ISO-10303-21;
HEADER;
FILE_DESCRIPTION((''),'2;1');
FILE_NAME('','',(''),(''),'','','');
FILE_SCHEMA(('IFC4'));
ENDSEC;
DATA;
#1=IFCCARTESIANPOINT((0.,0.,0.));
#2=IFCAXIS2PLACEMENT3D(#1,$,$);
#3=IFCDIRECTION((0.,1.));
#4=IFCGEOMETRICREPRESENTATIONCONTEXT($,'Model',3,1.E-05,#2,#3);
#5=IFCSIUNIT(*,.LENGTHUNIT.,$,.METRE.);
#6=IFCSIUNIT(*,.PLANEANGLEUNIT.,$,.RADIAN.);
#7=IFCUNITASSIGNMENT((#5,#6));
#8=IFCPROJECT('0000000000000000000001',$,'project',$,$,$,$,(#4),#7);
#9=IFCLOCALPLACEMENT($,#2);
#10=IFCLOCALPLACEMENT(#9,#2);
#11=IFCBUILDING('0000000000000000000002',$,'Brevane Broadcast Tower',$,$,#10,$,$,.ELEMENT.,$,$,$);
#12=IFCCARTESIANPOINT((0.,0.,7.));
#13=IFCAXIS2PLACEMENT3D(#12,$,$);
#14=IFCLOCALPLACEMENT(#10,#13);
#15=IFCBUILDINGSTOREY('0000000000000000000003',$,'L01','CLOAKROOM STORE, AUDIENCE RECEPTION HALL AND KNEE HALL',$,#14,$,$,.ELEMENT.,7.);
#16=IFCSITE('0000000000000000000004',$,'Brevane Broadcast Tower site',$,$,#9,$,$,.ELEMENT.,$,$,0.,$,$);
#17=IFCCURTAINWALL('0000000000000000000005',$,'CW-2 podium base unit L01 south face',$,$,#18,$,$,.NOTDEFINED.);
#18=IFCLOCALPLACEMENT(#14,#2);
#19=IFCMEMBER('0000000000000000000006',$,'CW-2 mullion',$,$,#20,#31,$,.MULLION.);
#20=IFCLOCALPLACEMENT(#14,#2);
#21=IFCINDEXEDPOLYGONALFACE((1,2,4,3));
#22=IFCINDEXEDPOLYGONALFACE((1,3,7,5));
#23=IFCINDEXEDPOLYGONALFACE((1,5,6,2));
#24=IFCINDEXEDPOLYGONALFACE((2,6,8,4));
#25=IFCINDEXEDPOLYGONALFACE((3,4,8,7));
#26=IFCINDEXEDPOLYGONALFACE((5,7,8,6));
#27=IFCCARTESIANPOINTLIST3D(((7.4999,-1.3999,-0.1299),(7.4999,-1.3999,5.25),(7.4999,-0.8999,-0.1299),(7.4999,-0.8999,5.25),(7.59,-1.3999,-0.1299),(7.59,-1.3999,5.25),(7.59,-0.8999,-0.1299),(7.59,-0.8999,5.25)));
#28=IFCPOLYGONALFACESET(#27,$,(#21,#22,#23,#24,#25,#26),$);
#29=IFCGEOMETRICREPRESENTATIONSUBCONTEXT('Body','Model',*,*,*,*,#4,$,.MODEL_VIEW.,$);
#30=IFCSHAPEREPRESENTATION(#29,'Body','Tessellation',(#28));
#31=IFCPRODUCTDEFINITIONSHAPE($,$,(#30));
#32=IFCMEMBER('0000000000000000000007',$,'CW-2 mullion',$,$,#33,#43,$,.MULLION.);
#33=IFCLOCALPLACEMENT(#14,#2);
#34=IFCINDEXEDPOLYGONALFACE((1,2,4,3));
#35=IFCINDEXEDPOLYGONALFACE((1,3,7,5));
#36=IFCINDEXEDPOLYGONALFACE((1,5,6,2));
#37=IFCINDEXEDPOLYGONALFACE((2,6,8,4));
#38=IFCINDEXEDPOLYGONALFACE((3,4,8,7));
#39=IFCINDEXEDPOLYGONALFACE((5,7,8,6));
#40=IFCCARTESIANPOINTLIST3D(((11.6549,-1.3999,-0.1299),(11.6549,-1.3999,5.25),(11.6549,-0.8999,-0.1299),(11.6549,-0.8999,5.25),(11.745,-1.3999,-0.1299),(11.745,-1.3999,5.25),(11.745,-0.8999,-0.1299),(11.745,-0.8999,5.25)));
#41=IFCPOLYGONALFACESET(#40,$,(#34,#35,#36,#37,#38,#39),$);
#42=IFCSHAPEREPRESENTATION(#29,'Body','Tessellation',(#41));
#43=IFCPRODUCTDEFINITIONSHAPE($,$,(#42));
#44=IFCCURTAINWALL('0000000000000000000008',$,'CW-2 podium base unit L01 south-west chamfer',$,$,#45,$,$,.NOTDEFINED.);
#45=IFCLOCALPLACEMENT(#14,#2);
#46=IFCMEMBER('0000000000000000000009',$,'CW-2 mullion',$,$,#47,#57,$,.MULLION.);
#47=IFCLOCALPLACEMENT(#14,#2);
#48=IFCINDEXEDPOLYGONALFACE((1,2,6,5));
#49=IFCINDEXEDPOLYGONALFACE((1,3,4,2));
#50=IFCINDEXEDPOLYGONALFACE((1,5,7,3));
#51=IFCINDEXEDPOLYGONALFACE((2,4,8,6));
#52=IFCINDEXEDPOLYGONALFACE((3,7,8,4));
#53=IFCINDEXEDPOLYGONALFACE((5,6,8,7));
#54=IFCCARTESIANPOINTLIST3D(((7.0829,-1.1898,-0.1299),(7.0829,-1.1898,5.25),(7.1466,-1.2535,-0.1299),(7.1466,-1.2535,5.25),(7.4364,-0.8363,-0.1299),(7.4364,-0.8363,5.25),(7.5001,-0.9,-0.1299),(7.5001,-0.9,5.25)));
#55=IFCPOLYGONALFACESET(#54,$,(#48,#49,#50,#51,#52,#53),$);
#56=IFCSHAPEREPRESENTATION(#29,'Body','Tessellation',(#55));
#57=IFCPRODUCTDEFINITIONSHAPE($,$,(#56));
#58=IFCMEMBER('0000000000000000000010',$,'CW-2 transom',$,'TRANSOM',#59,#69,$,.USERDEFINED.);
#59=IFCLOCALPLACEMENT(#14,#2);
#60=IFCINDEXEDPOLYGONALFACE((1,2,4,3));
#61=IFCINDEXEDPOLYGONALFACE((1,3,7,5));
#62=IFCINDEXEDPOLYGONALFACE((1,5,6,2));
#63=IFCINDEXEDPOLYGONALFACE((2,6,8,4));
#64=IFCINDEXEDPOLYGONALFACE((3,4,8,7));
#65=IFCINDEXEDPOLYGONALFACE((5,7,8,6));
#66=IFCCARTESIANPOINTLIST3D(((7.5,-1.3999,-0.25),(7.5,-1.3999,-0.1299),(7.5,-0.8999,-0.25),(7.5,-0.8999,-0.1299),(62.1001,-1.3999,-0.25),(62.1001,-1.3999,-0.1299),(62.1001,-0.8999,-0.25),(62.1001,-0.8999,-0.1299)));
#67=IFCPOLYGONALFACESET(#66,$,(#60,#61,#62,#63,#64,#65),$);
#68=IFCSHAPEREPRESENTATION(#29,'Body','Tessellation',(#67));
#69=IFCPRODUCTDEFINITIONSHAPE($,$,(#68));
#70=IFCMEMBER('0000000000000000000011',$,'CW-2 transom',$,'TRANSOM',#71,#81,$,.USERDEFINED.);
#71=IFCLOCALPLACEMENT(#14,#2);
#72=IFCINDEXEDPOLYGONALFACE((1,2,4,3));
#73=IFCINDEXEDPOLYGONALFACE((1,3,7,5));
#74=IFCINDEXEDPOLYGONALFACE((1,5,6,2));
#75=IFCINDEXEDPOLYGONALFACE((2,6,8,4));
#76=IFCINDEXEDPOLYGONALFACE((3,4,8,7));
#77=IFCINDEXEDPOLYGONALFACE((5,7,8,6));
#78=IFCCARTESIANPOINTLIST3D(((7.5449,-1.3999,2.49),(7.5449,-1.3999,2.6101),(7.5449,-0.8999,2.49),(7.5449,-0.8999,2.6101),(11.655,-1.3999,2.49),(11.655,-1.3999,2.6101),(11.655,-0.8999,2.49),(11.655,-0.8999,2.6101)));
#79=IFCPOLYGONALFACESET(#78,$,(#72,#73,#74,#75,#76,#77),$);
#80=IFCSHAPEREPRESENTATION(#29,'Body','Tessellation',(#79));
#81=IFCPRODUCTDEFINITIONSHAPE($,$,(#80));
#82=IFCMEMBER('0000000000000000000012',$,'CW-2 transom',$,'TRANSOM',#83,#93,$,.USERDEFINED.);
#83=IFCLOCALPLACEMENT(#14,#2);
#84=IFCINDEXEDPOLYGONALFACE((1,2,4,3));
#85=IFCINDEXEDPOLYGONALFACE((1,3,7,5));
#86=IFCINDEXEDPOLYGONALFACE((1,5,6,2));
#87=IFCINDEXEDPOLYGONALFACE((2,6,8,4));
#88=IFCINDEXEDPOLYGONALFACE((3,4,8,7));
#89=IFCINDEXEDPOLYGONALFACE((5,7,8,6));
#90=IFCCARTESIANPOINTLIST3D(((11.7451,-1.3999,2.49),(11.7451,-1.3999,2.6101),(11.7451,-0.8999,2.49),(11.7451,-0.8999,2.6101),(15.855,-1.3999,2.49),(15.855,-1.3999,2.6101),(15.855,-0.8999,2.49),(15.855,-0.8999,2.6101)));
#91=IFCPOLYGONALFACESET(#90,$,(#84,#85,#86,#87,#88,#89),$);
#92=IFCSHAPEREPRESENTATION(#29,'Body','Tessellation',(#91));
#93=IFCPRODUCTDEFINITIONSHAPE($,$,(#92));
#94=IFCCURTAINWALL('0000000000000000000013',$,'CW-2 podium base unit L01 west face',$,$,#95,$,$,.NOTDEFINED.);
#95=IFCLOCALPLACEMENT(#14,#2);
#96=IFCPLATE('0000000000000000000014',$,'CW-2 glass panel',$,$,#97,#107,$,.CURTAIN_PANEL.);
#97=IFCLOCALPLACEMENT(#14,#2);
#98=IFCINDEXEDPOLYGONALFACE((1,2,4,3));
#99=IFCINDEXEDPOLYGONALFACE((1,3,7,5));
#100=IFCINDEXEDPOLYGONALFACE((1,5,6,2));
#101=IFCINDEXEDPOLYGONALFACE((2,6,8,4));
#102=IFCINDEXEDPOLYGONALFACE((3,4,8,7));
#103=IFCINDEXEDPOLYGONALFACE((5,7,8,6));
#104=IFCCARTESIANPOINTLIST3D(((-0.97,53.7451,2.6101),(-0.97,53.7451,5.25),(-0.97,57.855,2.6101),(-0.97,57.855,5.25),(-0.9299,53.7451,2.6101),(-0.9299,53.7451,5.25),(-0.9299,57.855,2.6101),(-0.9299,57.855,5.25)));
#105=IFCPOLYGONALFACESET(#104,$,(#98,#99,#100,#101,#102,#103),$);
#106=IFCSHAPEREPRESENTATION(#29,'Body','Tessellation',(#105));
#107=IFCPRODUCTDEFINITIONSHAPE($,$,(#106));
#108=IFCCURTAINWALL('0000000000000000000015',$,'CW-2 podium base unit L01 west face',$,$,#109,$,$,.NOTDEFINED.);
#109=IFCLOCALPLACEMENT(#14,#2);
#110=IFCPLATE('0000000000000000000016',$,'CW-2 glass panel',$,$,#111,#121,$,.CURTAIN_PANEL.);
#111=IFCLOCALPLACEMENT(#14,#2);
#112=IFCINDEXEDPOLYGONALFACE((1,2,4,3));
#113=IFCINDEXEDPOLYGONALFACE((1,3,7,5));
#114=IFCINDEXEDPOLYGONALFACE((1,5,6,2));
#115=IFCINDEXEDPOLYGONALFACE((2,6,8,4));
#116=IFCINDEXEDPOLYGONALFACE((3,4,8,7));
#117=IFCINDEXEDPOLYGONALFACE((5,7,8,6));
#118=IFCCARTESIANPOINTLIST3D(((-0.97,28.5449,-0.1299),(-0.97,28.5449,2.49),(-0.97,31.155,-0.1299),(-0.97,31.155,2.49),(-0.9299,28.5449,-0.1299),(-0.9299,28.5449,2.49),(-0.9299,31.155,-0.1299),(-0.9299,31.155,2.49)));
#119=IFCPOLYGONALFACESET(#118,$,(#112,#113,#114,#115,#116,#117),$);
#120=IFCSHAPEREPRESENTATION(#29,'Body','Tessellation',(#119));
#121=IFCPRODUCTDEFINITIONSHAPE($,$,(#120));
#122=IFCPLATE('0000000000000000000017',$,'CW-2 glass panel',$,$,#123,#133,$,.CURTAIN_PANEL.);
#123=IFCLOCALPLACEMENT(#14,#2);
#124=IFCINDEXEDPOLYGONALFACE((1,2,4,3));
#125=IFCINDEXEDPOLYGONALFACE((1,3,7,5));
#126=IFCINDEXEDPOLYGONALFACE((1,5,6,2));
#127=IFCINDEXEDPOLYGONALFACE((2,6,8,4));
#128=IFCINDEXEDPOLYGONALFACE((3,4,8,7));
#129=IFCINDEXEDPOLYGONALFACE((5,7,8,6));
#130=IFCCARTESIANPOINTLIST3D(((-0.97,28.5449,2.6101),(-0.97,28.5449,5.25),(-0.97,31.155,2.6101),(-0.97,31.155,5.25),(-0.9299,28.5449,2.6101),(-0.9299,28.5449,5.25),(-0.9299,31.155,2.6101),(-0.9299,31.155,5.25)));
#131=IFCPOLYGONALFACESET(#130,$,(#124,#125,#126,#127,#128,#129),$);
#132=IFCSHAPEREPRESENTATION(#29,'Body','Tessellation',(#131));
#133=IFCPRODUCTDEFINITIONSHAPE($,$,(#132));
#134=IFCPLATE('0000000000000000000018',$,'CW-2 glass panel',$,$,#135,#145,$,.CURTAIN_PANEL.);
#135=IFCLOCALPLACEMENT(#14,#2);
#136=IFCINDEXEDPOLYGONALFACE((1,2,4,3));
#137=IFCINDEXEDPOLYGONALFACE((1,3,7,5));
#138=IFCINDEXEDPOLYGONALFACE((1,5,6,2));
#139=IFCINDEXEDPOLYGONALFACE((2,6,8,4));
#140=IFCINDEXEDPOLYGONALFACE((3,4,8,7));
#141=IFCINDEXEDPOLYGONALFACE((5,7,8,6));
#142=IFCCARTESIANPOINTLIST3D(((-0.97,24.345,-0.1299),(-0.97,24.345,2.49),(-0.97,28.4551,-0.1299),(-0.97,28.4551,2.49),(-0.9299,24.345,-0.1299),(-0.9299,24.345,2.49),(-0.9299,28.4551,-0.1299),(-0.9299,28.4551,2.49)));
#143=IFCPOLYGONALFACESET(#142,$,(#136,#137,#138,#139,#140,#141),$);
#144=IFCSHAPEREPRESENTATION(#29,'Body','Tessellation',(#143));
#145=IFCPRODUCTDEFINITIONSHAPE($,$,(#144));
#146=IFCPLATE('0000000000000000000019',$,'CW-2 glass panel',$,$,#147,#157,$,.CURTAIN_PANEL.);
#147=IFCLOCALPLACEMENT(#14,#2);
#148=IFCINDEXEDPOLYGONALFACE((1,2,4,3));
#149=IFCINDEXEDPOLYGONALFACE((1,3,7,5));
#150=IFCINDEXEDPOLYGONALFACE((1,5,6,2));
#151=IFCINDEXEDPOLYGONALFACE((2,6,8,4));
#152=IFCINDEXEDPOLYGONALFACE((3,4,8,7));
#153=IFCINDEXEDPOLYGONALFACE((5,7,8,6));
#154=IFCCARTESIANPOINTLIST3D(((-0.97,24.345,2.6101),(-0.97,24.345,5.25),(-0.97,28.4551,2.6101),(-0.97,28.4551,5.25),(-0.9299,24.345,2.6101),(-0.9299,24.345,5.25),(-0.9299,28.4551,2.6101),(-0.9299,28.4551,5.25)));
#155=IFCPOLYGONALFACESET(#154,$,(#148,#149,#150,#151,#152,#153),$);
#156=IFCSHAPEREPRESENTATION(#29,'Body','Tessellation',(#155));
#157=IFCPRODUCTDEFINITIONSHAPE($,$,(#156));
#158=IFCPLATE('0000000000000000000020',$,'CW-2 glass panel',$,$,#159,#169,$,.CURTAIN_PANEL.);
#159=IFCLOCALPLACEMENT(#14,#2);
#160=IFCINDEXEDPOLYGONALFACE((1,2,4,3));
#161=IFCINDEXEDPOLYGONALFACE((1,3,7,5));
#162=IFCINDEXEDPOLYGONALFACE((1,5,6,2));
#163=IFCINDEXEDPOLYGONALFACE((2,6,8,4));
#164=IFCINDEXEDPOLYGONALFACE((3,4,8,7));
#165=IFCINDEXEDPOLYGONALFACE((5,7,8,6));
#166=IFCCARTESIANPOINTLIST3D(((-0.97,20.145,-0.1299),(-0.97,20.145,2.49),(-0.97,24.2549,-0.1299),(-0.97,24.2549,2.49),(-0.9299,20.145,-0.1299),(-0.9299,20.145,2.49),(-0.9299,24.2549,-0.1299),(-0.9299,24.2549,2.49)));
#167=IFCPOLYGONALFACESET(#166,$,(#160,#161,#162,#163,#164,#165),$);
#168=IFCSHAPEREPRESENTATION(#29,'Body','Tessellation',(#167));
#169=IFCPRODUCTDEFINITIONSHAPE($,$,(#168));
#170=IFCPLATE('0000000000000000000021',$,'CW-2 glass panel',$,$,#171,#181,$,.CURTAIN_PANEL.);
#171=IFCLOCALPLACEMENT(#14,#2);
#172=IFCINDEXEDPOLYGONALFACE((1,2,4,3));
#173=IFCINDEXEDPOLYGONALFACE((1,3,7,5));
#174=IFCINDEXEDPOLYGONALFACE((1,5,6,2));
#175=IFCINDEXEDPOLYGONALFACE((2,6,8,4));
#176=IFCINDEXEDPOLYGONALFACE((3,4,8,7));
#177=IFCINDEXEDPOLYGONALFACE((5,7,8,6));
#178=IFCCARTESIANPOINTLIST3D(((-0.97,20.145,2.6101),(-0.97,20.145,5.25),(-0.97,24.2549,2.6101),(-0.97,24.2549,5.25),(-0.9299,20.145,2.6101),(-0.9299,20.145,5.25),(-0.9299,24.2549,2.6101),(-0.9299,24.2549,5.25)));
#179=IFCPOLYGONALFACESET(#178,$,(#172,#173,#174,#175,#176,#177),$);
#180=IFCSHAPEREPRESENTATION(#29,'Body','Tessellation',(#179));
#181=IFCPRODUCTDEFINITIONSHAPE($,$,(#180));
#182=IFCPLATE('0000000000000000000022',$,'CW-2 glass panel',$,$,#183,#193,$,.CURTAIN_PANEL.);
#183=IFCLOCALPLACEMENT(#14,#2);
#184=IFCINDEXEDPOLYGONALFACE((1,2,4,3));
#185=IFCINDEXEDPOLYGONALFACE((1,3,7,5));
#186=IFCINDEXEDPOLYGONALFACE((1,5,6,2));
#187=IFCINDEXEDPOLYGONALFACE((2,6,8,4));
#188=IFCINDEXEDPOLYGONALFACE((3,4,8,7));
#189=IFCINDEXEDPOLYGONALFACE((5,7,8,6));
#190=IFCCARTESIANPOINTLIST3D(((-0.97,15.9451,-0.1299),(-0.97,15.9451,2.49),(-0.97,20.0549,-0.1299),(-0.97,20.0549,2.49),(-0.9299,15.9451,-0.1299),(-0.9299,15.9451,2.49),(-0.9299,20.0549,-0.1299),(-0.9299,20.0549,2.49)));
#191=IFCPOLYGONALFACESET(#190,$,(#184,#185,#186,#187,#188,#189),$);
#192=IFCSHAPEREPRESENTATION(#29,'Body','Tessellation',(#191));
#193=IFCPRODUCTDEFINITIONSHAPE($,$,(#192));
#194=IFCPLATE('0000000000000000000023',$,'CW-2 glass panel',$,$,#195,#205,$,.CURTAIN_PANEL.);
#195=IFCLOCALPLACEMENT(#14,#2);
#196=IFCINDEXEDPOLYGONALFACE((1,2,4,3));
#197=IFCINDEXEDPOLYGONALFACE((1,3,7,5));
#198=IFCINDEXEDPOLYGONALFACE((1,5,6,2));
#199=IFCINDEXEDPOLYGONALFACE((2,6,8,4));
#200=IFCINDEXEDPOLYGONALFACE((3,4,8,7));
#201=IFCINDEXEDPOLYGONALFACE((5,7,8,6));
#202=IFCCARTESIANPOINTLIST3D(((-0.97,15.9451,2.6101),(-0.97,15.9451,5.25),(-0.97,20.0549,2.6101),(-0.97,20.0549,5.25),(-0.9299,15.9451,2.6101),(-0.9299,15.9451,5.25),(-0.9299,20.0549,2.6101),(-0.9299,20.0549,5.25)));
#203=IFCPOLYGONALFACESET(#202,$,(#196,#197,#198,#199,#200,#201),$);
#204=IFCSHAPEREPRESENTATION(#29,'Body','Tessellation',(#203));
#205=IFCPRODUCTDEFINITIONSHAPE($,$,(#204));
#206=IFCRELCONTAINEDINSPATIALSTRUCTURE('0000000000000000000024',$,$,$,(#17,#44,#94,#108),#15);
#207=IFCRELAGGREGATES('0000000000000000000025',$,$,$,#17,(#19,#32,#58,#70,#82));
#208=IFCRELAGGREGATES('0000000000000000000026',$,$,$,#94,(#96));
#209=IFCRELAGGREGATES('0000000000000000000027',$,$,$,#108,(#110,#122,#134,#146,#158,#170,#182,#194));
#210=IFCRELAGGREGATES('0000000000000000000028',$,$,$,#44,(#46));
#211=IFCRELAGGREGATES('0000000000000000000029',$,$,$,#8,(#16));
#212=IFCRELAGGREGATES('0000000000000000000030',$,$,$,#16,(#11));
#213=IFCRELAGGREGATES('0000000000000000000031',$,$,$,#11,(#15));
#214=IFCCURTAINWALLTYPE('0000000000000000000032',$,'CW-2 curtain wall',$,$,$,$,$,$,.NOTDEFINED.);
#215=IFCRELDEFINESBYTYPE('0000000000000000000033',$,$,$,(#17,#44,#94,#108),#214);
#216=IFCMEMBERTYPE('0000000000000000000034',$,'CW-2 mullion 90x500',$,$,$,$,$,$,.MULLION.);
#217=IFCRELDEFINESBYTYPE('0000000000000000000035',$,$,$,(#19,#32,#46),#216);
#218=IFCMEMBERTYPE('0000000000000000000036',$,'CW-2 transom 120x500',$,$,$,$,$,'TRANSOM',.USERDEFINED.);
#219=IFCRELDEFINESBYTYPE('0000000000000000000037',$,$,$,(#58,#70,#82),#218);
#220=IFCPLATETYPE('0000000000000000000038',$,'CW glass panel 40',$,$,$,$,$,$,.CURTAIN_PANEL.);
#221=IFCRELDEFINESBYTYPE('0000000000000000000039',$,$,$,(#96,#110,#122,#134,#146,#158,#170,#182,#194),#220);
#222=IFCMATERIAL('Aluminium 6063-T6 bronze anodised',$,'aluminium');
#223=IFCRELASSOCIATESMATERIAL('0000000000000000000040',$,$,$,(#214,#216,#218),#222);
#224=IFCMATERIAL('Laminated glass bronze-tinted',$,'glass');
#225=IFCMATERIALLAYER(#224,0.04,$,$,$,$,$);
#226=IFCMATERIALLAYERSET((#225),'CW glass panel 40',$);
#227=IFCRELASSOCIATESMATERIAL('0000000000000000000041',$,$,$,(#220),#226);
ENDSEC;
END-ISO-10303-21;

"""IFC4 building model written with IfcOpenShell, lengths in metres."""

from ifc_helpers import new_model, si_unit, direction, frame, origin, origin_2d, place, context, subcontext, project, spatial, polyline, rectangle, outline, extrude, material, layer, layer_set, material_profile, profile_set, type_object, element, aggregate, save


model = new_model("IFC4")

# Units and contexts
model_context = context("Model", 3, precision=1e-05, world=origin(), true_north=direction((0.0, 1.0)))
body_context = subcontext(model_context, "Body", "Model", "MODEL_VIEW")
ifc_project = project(units=[si_unit("LENGTHUNIT", "METRE"), si_unit("PLANEANGLEUNIT", "RADIAN")], contexts=[model_context])

# Site, building, storey
site_placement = place(None, origin())
site = spatial("IfcSite", under=ifc_project, at=site_placement, Name="Brevane Broadcast Tower site", CompositionType="ELEMENT", RefElevation=0.0)
building_placement = place(site_placement, origin())
building = spatial("IfcBuilding", under=site, at=building_placement, Name="Brevane Broadcast Tower", CompositionType="ELEMENT")
storey_placement = place(building_placement, frame((0.0, 0.0, 7.0)))
storey = spatial("IfcBuildingStorey", under=building, at=storey_placement, Name="L01", Description="CLOAKROOM STORE, AUDIENCE RECEPTION HALL AND KNEE HALL", CompositionType="ELEMENT", Elevation=7.0)

# Curtain wall, members
ifc_material_1 = material(Name="Aluminium 6063-T6 bronze anodised", Category="aluminium")
curtain_wall_type = type_object("IfcCurtainWallType", Name="CW-2 curtain wall", PredefinedType="NOTDEFINED", material=ifc_material_1)
curtain_wall_1_placement = place(storey_placement, origin())
curtain_wall_1 = element("IfcCurtainWall", 1, at=curtain_wall_1_placement, inside=storey, type_object=curtain_wall_type, Name="CW-2 podium base unit L01 south face", PredefinedType="NOTDEFINED")
ifc_material_profile_1 = material_profile(ifc_material_1, rectangle(XDim=0.5, YDim=0.0901, at=origin_2d()), Name="RECT 90x500")
ifc_profile_set_1 = profile_set([ifc_material_profile_1], Name="Aluminium 6063-T6 bronze anodised")
member_type_1 = type_object("IfcMemberType", Name="CW-2 mullion 90x500", PredefinedType="MULLION", material=ifc_profile_set_1)
member_1_placement = place(storey_placement, frame((7.5449, -1.1499, -0.1299), z_axis=(0.0, 0.0, 1.0), x_axis=(0.0, 1.0, 0.0)))
member_1 = element("IfcMember", 2, at=member_1_placement, type_object=member_type_1, Name="CW-2 mullion", PredefinedType="MULLION", context=body_context, shape_type="SweptSolid", body=[
    extrude(rectangle(XDim=0.5, YDim=0.0901, at=origin_2d()), origin(), (0.0, 0.0, 1.0), 5.3799),
])
member_2_placement = place(storey_placement, frame((11.7, -1.1499, -0.1299), z_axis=(0.0, 0.0, 1.0), x_axis=(0.0, 1.0, 0.0)))
member_2 = element("IfcMember", 3, at=member_2_placement, type_object=member_type_1, Name="CW-2 mullion", PredefinedType="MULLION", context=body_context, shape_type="SweptSolid", body=[
    extrude(rectangle(XDim=0.5, YDim=0.0901, at=origin_2d()), origin(), (0.0, 0.0, 1.0), 5.3799),
])

# Curtain wall, member
curtain_wall_2_placement = place(storey_placement, origin())
curtain_wall_2 = element("IfcCurtainWall", 4, at=curtain_wall_2_placement, inside=storey, type_object=curtain_wall_type, Name="CW-2 podium base unit L01 south-west chamfer", PredefinedType="NOTDEFINED")
member_3_placement = place(storey_placement, frame((7.2915, -1.0449, -0.1299), z_axis=(0.0, 0.0, 1.0), x_axis=(0.707107, 0.707107, 0.0)))
member_3 = element("IfcMember", 5, at=member_3_placement, type_object=member_type_1, Name="CW-2 mullion", PredefinedType="MULLION", context=body_context, shape_type="SweptSolid", body=[
    extrude(rectangle(XDim=0.5, YDim=0.0901, at=origin_2d()), origin(), (0.0, 0.0, 1.0), 5.3799),
])

# Members
ifc_material_profile_2 = material_profile(ifc_material_1, rectangle(XDim=0.5, YDim=0.1201, at=origin_2d()), Name="RECT 120x500")
ifc_profile_set_2 = profile_set([ifc_material_profile_2], Name="Aluminium 6063-T6 bronze anodised")
member_type_2 = type_object("IfcMemberType", Name="CW-2 transom 120x500", ElementType="TRANSOM", PredefinedType="USERDEFINED", material=ifc_profile_set_2)
member_4_placement = place(storey_placement, frame((7.5, -1.1499, -0.1899), z_axis=(1.0, 0.0, 0.0), x_axis=(0.0, 1.0, 0.0)))
member_4 = element("IfcMember", 6, at=member_4_placement, type_object=member_type_2, Name="CW-2 transom", ObjectType="TRANSOM", PredefinedType="USERDEFINED", context=body_context, shape_type="SweptSolid", body=[
    extrude(rectangle(XDim=0.5, YDim=0.1201, at=origin_2d()), origin(), (0.0, 0.0, 1.0), 54.6001),
])
member_5_placement = place(storey_placement, frame((7.5449, -1.1499, 2.55), z_axis=(1.0, 0.0, 0.0), x_axis=(0.0, 1.0, 0.0)))
member_5 = element("IfcMember", 7, at=member_5_placement, type_object=member_type_2, Name="CW-2 transom", ObjectType="TRANSOM", PredefinedType="USERDEFINED", context=body_context, shape_type="SweptSolid", body=[
    extrude(rectangle(XDim=0.5, YDim=0.1201, at=origin_2d()), origin(), (0.0, 0.0, 1.0), 4.1101),
])
member_6_placement = place(storey_placement, frame((11.7451, -1.1499, 2.55), z_axis=(1.0, 0.0, 0.0), x_axis=(0.0, 1.0, 0.0)))
member_6 = element("IfcMember", 8, at=member_6_placement, type_object=member_type_2, Name="CW-2 transom", ObjectType="TRANSOM", PredefinedType="USERDEFINED", context=body_context, shape_type="SweptSolid", body=[
    extrude(rectangle(XDim=0.5, YDim=0.1201, at=origin_2d()), origin(), (0.0, 0.0, 1.0), 4.1099),
])
aggregate(curtain_wall_1, [member_1, member_2, member_4, member_5, member_6])

# Curtain wall, plate
curtain_wall_3_placement = place(storey_placement, origin())
curtain_wall_3 = element("IfcCurtainWall", 9, at=curtain_wall_3_placement, inside=storey, type_object=curtain_wall_type, Name="CW-2 podium base unit L01 west face", PredefinedType="NOTDEFINED")
ifc_material_2 = material(Name="Laminated glass bronze-tinted", Category="glass")
ifc_layer_1 = layer(ifc_material_2, 0.04)
ifc_layer_set_1 = layer_set([ifc_layer_1], Name="CW glass panel 40")
plate_type = type_object("IfcPlateType", Name="CW glass panel 40", PredefinedType="CURTAIN_PANEL", material=ifc_layer_set_1)
plate_1_placement = place(storey_placement, frame((0.0, 0.0, 2.6101)))
plate_1 = element("IfcPlate", 10, at=plate_1_placement, type_object=plate_type, Name="CW-2 glass panel", PredefinedType="CURTAIN_PANEL", context=body_context, shape_type="SweptSolid", body=[
    extrude(outline(polyline([(-0.97, 53.7451), (-0.9299, 53.7451), (-0.9299, 57.855), (-0.97, 57.855), (-0.97, 53.7451)])), origin(), (0.0, 0.0, 1.0), 2.6399),
])
aggregate(curtain_wall_3, [plate_1])

# Curtain wall, plates
curtain_wall_4_placement = place(storey_placement, origin())
curtain_wall_4 = element("IfcCurtainWall", 11, at=curtain_wall_4_placement, inside=storey, type_object=curtain_wall_type, Name="CW-2 podium base unit L01 west face", PredefinedType="NOTDEFINED")
plate_2_placement = place(storey_placement, frame((0.0, 0.0, -0.1299)))
plate_2 = element("IfcPlate", 12, at=plate_2_placement, type_object=plate_type, Name="CW-2 glass panel", PredefinedType="CURTAIN_PANEL", context=body_context, shape_type="SweptSolid", body=[
    extrude(outline(polyline([(-0.97, 28.5449), (-0.9299, 28.5449), (-0.9299, 31.155), (-0.97, 31.155), (-0.97, 28.5449)])), origin(), (0.0, 0.0, 1.0), 2.6199),
])
plate_3_placement = place(storey_placement, frame((0.0, 0.0, 2.6101)))
plate_3 = element("IfcPlate", 13, at=plate_3_placement, type_object=plate_type, Name="CW-2 glass panel", PredefinedType="CURTAIN_PANEL", context=body_context, shape_type="SweptSolid", body=[
    extrude(outline(polyline([(-0.97, 28.5449), (-0.9299, 28.5449), (-0.9299, 31.155), (-0.97, 31.155), (-0.97, 28.5449)])), origin(), (0.0, 0.0, 1.0), 2.6399),
])
plate_4_placement = place(storey_placement, frame((0.0, 0.0, -0.1299)))
plate_4 = element("IfcPlate", 14, at=plate_4_placement, type_object=plate_type, Name="CW-2 glass panel", PredefinedType="CURTAIN_PANEL", context=body_context, shape_type="SweptSolid", body=[
    extrude(outline(polyline([(-0.97, 24.345), (-0.9299, 24.345), (-0.9299, 28.4551), (-0.97, 28.4551), (-0.97, 24.345)])), origin(), (0.0, 0.0, 1.0), 2.6199),
])
plate_5_placement = place(storey_placement, frame((0.0, 0.0, 2.6101)))
plate_5 = element("IfcPlate", 15, at=plate_5_placement, type_object=plate_type, Name="CW-2 glass panel", PredefinedType="CURTAIN_PANEL", context=body_context, shape_type="SweptSolid", body=[
    extrude(outline(polyline([(-0.97, 24.345), (-0.9299, 24.345), (-0.9299, 28.4551), (-0.97, 28.4551), (-0.97, 24.345)])), origin(), (0.0, 0.0, 1.0), 2.6399),
])
plate_6_placement = place(storey_placement, frame((0.0, 0.0, -0.1299)))
plate_6 = element("IfcPlate", 16, at=plate_6_placement, type_object=plate_type, Name="CW-2 glass panel", PredefinedType="CURTAIN_PANEL", context=body_context, shape_type="SweptSolid", body=[
    extrude(outline(polyline([(-0.97, 20.145), (-0.9299, 20.145), (-0.9299, 24.2549), (-0.97, 24.2549), (-0.97, 20.145)])), origin(), (0.0, 0.0, 1.0), 2.6199),
])
plate_7_placement = place(storey_placement, frame((0.0, 0.0, 2.6101)))
plate_7 = element("IfcPlate", 17, at=plate_7_placement, type_object=plate_type, Name="CW-2 glass panel", PredefinedType="CURTAIN_PANEL", context=body_context, shape_type="SweptSolid", body=[
    extrude(outline(polyline([(-0.97, 20.145), (-0.9299, 20.145), (-0.9299, 24.2549), (-0.97, 24.2549), (-0.97, 20.145)])), origin(), (0.0, 0.0, 1.0), 2.6399),
])
plate_8_placement = place(storey_placement, frame((0.0, 0.0, -0.1299)))
plate_8 = element("IfcPlate", 18, at=plate_8_placement, type_object=plate_type, Name="CW-2 glass panel", PredefinedType="CURTAIN_PANEL", context=body_context, shape_type="SweptSolid", body=[
    extrude(outline(polyline([(-0.97, 15.9451), (-0.9299, 15.9451), (-0.9299, 20.0549), (-0.97, 20.0549), (-0.97, 15.9451)])), origin(), (0.0, 0.0, 1.0), 2.6199),
])
plate_9_placement = place(storey_placement, frame((0.0, 0.0, 2.6101)))
plate_9 = element("IfcPlate", 19, at=plate_9_placement, type_object=plate_type, Name="CW-2 glass panel", PredefinedType="CURTAIN_PANEL", context=body_context, shape_type="SweptSolid", body=[
    extrude(outline(polyline([(-0.97, 15.9451), (-0.9299, 15.9451), (-0.9299, 20.0549), (-0.97, 20.0549), (-0.97, 15.9451)])), origin(), (0.0, 0.0, 1.0), 2.6399),
])
aggregate(curtain_wall_4, [plate_2, plate_3, plate_4, plate_5, plate_6, plate_7, plate_8, plate_9])

aggregate(curtain_wall_2, [member_3])

save(model, "model.ifc")
